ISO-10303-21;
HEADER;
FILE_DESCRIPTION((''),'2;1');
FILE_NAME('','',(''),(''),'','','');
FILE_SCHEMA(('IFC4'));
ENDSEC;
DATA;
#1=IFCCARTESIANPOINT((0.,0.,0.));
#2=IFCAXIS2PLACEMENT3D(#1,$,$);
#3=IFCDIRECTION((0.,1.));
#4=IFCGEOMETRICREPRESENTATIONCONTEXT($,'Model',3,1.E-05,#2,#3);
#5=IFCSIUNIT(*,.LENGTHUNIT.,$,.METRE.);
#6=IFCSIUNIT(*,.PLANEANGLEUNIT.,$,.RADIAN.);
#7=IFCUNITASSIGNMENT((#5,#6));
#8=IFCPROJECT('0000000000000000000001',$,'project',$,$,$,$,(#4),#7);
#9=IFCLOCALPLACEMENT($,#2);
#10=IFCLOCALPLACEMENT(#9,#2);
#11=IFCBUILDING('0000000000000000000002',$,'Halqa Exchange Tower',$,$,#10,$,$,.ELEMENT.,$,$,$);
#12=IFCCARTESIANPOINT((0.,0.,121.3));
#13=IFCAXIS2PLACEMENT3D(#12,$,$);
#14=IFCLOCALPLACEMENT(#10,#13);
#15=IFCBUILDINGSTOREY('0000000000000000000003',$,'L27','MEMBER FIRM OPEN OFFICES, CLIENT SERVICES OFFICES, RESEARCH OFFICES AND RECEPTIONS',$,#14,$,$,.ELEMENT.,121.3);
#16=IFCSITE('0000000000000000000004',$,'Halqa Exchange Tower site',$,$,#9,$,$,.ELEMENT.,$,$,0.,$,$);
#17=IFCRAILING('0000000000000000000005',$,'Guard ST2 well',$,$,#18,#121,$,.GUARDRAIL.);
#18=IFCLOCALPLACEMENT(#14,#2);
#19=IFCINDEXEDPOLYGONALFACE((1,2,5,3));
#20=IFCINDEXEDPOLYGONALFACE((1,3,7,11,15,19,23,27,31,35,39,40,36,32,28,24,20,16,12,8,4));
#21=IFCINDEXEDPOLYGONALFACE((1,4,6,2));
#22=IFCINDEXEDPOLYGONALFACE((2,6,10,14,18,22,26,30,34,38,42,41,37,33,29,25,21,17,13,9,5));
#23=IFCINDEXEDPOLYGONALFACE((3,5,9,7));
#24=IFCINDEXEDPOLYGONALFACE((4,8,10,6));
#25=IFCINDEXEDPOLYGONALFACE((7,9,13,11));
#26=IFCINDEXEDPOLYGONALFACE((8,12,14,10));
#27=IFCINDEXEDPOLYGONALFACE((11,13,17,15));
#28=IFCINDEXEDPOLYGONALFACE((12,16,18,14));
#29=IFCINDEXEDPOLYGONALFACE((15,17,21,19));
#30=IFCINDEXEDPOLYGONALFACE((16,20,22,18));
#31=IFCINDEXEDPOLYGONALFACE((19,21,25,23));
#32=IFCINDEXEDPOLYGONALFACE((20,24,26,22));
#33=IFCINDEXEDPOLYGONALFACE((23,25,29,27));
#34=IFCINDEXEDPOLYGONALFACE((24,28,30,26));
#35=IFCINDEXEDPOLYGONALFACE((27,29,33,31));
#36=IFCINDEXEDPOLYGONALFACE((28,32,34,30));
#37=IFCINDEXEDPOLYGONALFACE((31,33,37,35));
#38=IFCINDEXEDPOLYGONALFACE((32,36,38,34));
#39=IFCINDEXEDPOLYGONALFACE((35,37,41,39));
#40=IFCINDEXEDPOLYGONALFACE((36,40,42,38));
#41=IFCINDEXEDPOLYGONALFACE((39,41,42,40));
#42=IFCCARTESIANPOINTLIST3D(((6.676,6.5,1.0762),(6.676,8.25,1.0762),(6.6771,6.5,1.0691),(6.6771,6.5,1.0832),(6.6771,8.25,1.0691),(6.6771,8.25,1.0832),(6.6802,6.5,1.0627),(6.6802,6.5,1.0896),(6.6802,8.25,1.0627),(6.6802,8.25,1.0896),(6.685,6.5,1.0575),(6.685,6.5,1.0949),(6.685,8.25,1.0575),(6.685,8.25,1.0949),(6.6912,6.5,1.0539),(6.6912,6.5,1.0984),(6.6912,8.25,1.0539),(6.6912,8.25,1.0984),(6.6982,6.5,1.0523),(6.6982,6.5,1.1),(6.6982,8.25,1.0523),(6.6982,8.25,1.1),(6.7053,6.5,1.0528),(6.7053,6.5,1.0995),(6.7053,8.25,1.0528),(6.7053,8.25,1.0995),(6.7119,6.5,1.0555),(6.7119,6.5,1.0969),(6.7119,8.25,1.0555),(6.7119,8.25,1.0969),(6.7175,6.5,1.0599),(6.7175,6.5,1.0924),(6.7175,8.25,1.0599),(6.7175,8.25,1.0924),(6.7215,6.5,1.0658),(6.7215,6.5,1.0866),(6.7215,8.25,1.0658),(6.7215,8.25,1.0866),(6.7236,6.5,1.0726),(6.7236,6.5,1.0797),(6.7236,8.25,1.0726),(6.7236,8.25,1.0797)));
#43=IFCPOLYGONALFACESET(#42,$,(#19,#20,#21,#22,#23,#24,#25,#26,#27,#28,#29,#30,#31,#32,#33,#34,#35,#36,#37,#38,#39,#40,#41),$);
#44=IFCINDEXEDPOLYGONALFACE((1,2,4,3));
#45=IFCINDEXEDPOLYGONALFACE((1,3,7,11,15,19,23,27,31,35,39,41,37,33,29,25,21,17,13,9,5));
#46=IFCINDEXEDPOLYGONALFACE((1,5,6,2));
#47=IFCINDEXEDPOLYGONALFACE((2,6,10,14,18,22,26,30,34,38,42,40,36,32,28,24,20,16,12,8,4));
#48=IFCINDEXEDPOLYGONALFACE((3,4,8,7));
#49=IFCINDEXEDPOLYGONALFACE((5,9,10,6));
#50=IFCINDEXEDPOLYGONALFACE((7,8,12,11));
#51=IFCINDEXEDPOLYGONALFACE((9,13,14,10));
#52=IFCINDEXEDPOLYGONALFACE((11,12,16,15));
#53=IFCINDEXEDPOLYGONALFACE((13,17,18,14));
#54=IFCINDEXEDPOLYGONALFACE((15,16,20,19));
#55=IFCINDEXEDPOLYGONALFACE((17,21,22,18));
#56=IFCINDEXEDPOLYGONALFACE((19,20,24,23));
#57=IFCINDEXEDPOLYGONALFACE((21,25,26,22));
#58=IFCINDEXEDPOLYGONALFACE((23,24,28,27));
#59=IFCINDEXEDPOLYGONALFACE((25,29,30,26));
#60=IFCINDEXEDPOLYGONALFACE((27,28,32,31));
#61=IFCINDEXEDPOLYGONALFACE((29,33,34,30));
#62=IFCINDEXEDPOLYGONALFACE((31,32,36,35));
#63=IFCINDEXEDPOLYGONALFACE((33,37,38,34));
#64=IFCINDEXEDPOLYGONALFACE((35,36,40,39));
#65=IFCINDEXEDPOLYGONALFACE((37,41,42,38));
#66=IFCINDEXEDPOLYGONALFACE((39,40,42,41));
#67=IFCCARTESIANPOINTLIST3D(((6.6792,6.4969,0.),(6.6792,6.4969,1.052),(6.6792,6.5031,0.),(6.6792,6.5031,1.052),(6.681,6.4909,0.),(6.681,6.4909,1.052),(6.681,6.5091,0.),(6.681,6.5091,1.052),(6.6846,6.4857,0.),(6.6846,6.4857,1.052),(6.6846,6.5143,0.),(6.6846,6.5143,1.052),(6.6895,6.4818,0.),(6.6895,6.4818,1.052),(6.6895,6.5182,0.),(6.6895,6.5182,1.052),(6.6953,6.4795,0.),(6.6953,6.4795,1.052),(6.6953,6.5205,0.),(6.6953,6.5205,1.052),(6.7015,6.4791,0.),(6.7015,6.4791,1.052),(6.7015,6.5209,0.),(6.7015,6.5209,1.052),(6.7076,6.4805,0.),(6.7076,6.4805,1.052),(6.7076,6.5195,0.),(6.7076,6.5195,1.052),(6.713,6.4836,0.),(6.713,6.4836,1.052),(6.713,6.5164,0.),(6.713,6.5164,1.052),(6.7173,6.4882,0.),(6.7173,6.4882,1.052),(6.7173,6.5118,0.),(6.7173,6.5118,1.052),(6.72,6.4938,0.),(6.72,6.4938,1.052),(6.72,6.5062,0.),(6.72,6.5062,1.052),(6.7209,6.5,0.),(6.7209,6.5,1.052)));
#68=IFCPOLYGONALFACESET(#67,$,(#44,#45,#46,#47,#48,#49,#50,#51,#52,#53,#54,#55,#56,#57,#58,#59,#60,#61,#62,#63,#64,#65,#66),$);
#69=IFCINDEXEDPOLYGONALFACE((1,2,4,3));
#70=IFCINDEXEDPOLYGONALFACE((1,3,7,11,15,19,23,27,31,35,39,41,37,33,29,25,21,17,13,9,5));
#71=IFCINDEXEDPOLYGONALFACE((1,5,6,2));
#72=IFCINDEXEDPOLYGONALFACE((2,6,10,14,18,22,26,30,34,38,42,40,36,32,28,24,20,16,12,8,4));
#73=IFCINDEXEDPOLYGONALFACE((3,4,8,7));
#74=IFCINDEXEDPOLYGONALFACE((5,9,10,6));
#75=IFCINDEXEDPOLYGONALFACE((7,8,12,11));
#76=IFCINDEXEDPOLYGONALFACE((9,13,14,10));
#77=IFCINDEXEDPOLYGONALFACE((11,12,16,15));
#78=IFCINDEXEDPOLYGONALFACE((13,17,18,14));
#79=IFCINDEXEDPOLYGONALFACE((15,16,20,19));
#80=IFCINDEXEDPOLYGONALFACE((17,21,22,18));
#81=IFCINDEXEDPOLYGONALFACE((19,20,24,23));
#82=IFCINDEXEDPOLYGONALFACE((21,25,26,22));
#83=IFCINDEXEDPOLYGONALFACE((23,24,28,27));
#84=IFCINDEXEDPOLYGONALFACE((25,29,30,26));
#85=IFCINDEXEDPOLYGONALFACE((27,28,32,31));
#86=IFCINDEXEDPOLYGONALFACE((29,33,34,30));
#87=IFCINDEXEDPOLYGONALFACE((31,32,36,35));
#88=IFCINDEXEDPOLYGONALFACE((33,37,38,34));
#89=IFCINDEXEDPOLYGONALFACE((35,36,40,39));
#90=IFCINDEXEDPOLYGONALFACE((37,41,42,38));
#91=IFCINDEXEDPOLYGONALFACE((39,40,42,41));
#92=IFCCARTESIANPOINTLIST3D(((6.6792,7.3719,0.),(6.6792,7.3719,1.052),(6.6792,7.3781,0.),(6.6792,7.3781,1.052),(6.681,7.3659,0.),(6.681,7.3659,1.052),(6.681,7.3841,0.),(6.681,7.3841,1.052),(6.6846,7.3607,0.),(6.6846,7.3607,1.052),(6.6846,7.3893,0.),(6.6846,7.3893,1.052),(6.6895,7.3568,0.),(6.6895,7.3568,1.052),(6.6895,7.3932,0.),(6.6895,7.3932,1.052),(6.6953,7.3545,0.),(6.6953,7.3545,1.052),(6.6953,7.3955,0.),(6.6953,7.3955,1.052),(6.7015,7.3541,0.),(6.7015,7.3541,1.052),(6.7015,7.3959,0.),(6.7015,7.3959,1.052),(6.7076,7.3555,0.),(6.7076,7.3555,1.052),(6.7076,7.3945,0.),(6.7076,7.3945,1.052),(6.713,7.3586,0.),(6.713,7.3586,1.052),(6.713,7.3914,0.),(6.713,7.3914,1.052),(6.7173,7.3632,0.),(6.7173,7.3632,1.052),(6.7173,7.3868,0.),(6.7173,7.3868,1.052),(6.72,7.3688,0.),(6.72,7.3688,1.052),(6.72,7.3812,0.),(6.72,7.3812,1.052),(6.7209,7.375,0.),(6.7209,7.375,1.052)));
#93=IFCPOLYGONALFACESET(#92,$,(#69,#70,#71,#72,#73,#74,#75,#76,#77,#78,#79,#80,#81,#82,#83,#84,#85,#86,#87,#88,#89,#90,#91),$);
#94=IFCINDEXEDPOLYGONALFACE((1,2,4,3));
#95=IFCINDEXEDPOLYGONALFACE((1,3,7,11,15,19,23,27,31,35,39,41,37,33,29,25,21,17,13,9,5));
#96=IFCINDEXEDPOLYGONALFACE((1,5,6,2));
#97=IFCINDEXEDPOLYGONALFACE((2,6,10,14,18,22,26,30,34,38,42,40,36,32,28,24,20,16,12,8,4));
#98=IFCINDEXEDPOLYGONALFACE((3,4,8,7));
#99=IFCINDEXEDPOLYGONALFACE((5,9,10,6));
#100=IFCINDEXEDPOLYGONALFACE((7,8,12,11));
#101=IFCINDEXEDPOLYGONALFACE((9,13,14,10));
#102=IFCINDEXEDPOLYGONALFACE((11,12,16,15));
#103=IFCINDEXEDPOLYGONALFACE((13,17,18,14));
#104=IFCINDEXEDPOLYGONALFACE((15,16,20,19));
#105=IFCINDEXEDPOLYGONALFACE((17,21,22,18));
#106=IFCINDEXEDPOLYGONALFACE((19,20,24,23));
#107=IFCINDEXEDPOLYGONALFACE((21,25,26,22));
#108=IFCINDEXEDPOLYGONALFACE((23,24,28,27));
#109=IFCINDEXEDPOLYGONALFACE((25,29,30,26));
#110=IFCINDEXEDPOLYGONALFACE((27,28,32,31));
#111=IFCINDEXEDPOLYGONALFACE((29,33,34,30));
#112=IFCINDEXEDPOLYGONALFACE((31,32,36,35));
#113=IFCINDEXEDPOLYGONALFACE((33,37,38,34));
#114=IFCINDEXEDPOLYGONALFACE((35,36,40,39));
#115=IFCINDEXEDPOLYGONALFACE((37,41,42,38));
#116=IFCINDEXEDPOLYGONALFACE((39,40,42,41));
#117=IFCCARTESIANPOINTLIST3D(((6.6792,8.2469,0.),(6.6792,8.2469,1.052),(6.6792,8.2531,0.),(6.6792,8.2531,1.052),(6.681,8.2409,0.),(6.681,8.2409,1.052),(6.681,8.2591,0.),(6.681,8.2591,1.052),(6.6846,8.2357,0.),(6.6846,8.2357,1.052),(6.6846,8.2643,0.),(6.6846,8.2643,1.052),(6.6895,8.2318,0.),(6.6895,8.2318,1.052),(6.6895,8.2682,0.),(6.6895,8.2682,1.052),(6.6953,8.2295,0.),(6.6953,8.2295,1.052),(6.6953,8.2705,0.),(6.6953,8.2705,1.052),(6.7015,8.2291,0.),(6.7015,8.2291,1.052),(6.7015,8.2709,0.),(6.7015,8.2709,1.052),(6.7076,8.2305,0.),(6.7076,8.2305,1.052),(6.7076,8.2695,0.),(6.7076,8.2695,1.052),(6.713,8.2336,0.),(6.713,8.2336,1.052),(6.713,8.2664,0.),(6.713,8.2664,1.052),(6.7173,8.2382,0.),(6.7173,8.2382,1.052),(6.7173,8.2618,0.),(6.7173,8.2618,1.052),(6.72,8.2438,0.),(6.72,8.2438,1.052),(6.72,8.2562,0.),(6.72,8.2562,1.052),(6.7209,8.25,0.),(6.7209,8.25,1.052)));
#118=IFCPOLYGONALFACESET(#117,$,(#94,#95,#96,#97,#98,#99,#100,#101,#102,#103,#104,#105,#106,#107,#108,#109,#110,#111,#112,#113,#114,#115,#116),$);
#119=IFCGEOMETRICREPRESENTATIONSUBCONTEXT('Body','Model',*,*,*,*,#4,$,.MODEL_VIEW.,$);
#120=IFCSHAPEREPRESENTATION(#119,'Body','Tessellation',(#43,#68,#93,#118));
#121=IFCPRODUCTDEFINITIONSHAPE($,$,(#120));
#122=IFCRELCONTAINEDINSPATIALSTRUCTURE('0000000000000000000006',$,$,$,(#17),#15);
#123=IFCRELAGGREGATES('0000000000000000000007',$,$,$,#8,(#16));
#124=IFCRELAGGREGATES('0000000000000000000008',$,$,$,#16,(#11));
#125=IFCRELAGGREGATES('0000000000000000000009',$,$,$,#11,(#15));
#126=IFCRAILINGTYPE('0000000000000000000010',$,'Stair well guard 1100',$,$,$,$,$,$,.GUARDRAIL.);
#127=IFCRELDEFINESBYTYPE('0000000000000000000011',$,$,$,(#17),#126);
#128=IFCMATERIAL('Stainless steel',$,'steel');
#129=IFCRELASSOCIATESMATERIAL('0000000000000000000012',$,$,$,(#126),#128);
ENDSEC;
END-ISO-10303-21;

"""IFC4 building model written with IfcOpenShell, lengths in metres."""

from ifc_helpers import new_model, si_unit, direction, frame, origin, origin_2d, place, context, subcontext, project, spatial, circle, extrude, material, type_object, element, save


model = new_model("IFC4")

# Units and contexts
model_context = context("Model", 3, precision=1e-05, world=origin(), true_north=direction((0.0, 1.0)))
body_context = subcontext(model_context, "Body", "Model", "MODEL_VIEW")
ifc_project = project(units=[si_unit("LENGTHUNIT", "METRE"), si_unit("PLANEANGLEUNIT", "RADIAN")], contexts=[model_context])

# Site, building, storey
site_placement = place(None, origin())
site = spatial("IfcSite", under=ifc_project, at=site_placement, Name="Halqa Exchange Tower site", CompositionType="ELEMENT", RefElevation=0.0)
building_placement = place(site_placement, origin())
building = spatial("IfcBuilding", under=site, at=building_placement, Name="Halqa Exchange Tower", CompositionType="ELEMENT")
storey_placement = place(building_placement, frame((0.0, 0.0, 121.3)))
storey = spatial("IfcBuildingStorey", under=building, at=storey_placement, Name="L27", Description="MEMBER FIRM OPEN OFFICES, CLIENT SERVICES OFFICES, RESEARCH OFFICES AND RECEPTIONS", CompositionType="ELEMENT", Elevation=121.3)

# Railing
ifc_material_1 = material(Name="Stainless steel", Category="steel")
railing_type_1 = type_object("IfcRailingType", Name="Stair well guard 1100", PredefinedType="GUARDRAIL", material=ifc_material_1)
railing_1_placement = place(storey_placement, frame((6.7, 6.5, 0.0)))
element("IfcRailing", 1, at=railing_1_placement, inside=storey, type_object=railing_type_1, Name="Guard ST2 well", PredefinedType="GUARDRAIL", context=body_context, shape_type="SweptSolid", body=[
    extrude(circle(Radius=0.0239, at=origin_2d()), frame((0.0, 0.0, 1.0762), z_axis=(0.0, 1.0, 0.0), x_axis=(-1.0, 0.0, 0.0)), (0.0, 0.0, 1.0), 1.75),
    extrude(circle(Radius=0.021, at=origin_2d()), origin(), (0.0, 0.0, 1.0), 1.052),
    extrude(circle(Radius=0.021, at=origin_2d()), frame((0.0, 0.875, 0.0)), (0.0, 0.0, 1.0), 1.052),
    extrude(circle(Radius=0.021, at=origin_2d()), frame((0.0, 1.75, 0.0)), (0.0, 0.0, 1.0), 1.052),
])

save(model, "model.ifc")
